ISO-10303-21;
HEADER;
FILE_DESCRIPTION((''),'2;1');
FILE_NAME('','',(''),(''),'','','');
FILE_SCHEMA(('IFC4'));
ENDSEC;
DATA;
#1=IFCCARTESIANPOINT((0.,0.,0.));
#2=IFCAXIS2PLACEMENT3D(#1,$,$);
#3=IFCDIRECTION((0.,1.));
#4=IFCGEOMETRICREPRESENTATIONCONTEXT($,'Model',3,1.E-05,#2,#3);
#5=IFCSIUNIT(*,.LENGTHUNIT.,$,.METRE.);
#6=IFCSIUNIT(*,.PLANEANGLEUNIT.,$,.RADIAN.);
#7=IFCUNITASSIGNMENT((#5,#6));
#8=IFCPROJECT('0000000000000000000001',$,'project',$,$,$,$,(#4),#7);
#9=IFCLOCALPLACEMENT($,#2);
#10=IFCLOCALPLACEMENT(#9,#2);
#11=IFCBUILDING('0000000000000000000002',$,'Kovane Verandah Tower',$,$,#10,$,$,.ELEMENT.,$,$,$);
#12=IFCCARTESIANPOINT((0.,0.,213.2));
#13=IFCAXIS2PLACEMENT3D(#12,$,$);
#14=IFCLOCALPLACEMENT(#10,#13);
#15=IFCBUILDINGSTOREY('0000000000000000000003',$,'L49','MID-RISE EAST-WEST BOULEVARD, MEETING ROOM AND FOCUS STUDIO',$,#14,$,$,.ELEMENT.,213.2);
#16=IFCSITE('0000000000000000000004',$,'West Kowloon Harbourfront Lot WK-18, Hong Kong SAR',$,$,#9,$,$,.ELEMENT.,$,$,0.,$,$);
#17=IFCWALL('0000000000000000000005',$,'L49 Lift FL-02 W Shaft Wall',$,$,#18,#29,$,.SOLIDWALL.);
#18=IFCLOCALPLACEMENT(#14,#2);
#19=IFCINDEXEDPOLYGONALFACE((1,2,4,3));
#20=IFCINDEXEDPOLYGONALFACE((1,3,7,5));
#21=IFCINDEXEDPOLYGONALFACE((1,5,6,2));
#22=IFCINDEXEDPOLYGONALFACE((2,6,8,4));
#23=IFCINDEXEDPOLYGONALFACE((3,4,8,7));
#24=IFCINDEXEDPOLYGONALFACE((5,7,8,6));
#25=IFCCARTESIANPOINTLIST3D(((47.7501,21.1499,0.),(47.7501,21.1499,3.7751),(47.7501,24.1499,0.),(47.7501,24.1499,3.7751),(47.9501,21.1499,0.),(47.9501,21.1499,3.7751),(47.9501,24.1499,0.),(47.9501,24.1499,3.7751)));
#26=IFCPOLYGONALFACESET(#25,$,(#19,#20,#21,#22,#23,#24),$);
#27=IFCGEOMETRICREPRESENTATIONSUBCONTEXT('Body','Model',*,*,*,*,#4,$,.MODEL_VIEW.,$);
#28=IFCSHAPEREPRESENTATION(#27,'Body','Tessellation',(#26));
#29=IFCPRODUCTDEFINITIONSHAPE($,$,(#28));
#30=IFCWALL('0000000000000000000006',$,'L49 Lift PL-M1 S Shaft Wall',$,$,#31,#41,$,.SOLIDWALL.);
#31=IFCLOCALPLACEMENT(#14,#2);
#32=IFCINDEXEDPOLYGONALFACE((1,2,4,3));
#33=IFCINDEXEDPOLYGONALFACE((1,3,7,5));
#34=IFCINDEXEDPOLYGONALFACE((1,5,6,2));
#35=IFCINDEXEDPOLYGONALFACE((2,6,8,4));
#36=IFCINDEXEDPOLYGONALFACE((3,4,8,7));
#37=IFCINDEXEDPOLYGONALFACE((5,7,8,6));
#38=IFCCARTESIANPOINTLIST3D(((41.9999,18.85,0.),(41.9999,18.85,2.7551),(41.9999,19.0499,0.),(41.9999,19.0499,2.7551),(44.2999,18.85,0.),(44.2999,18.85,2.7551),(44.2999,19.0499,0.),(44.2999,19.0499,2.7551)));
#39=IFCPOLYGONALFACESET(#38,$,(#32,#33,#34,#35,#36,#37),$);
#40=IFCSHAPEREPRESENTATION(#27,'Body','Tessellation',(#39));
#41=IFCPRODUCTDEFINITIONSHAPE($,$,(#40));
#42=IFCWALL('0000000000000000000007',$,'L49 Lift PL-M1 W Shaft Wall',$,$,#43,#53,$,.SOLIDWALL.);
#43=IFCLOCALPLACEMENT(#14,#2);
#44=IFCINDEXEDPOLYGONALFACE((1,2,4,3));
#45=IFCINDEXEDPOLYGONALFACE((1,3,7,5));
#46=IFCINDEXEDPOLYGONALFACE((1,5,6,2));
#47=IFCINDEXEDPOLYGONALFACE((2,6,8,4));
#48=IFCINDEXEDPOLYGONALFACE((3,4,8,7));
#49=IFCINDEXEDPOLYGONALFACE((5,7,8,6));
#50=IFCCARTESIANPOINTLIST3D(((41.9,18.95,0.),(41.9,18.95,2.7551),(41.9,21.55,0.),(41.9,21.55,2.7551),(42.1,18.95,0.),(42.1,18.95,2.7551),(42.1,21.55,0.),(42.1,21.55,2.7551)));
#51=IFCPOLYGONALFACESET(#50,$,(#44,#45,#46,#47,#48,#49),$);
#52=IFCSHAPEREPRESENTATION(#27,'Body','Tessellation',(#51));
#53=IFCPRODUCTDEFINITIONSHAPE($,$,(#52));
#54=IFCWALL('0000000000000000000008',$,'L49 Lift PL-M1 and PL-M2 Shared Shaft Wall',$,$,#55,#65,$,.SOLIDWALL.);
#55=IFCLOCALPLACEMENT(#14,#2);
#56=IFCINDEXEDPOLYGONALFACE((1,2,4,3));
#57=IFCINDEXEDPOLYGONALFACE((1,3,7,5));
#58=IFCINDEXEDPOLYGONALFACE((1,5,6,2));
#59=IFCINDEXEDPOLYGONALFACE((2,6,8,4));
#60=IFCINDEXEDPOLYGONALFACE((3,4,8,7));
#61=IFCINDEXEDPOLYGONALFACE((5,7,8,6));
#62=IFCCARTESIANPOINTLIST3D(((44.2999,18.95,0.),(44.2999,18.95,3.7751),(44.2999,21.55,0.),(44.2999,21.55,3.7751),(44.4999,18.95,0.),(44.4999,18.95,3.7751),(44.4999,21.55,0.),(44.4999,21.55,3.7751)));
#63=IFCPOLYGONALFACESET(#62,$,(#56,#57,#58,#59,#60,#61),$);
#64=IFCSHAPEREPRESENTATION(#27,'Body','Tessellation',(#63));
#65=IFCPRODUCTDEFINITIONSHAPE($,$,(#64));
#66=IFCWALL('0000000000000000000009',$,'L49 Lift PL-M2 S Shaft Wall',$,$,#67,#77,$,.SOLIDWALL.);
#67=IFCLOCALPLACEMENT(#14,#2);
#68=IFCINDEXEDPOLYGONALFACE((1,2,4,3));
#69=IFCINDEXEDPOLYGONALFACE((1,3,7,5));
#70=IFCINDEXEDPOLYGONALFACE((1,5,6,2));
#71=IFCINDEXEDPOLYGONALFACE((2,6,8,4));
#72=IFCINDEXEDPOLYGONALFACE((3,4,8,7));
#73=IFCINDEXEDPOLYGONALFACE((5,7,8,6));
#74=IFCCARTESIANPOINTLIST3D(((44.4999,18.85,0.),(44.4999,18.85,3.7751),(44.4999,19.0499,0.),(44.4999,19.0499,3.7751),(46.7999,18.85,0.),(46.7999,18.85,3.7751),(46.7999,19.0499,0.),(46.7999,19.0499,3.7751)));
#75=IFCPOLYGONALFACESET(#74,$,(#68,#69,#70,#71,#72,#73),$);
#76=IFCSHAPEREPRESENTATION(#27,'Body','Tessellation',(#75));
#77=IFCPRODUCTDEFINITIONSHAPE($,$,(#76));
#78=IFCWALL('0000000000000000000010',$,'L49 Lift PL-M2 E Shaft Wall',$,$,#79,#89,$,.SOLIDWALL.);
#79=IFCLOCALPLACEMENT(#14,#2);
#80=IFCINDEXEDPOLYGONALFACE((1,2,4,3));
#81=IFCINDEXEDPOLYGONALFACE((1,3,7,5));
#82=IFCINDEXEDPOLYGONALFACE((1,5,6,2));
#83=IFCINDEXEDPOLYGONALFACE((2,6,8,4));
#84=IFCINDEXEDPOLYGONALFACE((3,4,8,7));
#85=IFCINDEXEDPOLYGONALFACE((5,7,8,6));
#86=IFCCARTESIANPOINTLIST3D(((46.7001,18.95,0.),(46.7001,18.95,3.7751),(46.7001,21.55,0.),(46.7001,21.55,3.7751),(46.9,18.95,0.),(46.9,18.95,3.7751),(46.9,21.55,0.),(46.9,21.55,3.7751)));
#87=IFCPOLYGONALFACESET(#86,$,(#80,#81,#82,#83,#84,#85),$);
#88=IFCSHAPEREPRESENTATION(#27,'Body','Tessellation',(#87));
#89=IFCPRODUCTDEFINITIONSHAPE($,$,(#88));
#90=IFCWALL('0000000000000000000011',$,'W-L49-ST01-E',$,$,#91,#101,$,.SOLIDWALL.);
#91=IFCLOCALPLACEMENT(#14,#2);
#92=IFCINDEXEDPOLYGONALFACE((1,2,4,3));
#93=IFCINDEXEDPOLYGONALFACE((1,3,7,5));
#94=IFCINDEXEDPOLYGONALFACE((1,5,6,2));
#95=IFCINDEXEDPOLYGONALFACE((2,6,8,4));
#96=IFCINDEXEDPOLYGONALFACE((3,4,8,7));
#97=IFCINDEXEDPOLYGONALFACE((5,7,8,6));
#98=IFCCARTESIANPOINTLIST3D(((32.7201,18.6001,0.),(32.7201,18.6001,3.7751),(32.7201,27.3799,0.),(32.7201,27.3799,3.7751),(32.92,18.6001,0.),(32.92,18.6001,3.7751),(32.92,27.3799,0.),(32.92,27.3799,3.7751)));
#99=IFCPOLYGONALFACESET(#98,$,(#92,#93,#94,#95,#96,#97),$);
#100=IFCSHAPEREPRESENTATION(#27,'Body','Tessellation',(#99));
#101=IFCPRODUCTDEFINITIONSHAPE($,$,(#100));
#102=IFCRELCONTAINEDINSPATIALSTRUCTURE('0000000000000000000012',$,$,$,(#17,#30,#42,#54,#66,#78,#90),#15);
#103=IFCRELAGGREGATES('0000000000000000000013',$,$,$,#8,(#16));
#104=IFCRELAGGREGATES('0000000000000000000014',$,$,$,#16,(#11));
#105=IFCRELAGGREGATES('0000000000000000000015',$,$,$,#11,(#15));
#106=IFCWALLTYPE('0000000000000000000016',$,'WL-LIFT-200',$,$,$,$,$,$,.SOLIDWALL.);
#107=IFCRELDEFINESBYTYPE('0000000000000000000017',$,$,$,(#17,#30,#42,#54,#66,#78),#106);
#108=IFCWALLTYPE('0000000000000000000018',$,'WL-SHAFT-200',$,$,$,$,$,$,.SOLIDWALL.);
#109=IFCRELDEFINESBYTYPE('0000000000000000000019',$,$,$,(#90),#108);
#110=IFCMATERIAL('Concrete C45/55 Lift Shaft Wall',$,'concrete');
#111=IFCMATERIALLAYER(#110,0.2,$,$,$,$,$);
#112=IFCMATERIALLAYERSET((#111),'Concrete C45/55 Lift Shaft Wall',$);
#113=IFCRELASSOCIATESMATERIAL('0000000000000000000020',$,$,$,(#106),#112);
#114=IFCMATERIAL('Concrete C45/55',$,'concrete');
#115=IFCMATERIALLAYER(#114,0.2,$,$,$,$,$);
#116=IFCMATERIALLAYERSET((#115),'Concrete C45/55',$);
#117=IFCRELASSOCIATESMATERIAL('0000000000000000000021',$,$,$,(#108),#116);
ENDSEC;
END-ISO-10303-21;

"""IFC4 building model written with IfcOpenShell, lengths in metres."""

from ifc_helpers import new_model, si_unit, direction, frame, frame_2d, origin, place, context, subcontext, project, spatial, rectangle, extrude, material, layer, layer_set, type_object, element, save


model = new_model("IFC4")

# Units and contexts
model_context = context("Model", 3, precision=1e-05, world=origin(), true_north=direction((0.0, 1.0)))
body_context = subcontext(model_context, "Body", "Model", "MODEL_VIEW")
ifc_project = project(units=[si_unit("LENGTHUNIT", "METRE"), si_unit("PLANEANGLEUNIT", "RADIAN")], contexts=[model_context])

# Site, building, storey
site_placement = place(None, origin())
site = spatial("IfcSite", under=ifc_project, at=site_placement, Name="West Kowloon Harbourfront Lot WK-18, Hong Kong SAR", CompositionType="ELEMENT", RefElevation=0.0)
building_placement = place(site_placement, origin())
building = spatial("IfcBuilding", under=site, at=building_placement, Name="Kovane Verandah Tower", CompositionType="ELEMENT")
storey_placement = place(building_placement, frame((0.0, 0.0, 213.2)))
storey = spatial("IfcBuildingStorey", under=building, at=storey_placement, Name="L49", Description="MID-RISE EAST-WEST BOULEVARD, MEETING ROOM AND FOCUS STUDIO", CompositionType="ELEMENT", Elevation=213.2)

# Walls
ifc_material_1 = material(Name="Concrete C45/55 Lift Shaft Wall", Category="concrete")
ifc_layer_1 = layer(ifc_material_1, 0.2)
ifc_layer_set_1 = layer_set([ifc_layer_1], Name="Concrete C45/55 Lift Shaft Wall")
wall_type_1 = type_object("IfcWallType", Name="WL-LIFT-200", PredefinedType="SOLIDWALL", material=ifc_layer_set_1)
wall_1_placement = place(storey_placement, frame((47.8501, 24.1499, 0.0), z_axis=(0.0, 0.0, 1.0), x_axis=(0.0, -1.0, 0.0)))
element("IfcWall", 1, at=wall_1_placement, inside=storey, type_object=wall_type_1, Name="L49 Lift FL-02 W Shaft Wall", PredefinedType="SOLIDWALL", context=body_context, shape_type="SweptSolid", body=[
    extrude(rectangle(XDim=3.0, YDim=0.2, at=frame_2d((1.5, 0.0))), origin(), (0.0, 0.0, 1.0), 3.7751),
])
wall_2_placement = place(storey_placement, frame((42.0, 18.95, 0.0), z_axis=(0.0, 0.0, 1.0), x_axis=(1.0, 0.0, 0.0)))
element("IfcWall", 2, at=wall_2_placement, inside=storey, type_object=wall_type_1, Name="L49 Lift PL-M1 S Shaft Wall", PredefinedType="SOLIDWALL", context=body_context, shape_type="SweptSolid", body=[
    extrude(rectangle(XDim=2.3, YDim=0.2, at=frame_2d((1.1499, 0.0))), origin(), (0.0, 0.0, 1.0), 2.7551),
])

# Walls
wall_3_placement = place(storey_placement, frame((42.0, 21.55, 0.0), z_axis=(0.0, 0.0, 1.0), x_axis=(0.0, -1.0, 0.0)))
element("IfcWall", 3, at=wall_3_placement, inside=storey, type_object=wall_type_1, Name="L49 Lift PL-M1 W Shaft Wall", PredefinedType="SOLIDWALL", context=body_context, shape_type="SweptSolid", body=[
    extrude(rectangle(XDim=2.6001, YDim=0.2, at=frame_2d((1.3, 0.0))), origin(), (0.0, 0.0, 1.0), 2.7551),
])
wall_4_placement = place(storey_placement, frame((44.3999, 18.95, 0.0), z_axis=(0.0, 0.0, 1.0), x_axis=(0.0, 1.0, 0.0)))
element("IfcWall", 4, at=wall_4_placement, inside=storey, type_object=wall_type_1, Name="L49 Lift PL-M1 and PL-M2 Shared Shaft Wall", PredefinedType="SOLIDWALL", context=body_context, shape_type="SweptSolid", body=[
    extrude(rectangle(XDim=2.6001, YDim=0.2, at=frame_2d((1.3, 0.0))), origin(), (0.0, 0.0, 1.0), 3.7751),
])
wall_5_placement = place(storey_placement, frame((44.5, 18.95, 0.0), z_axis=(0.0, 0.0, 1.0), x_axis=(1.0, 0.0, 0.0)))
element("IfcWall", 5, at=wall_5_placement, inside=storey, type_object=wall_type_1, Name="L49 Lift PL-M2 S Shaft Wall", PredefinedType="SOLIDWALL", context=body_context, shape_type="SweptSolid", body=[
    extrude(rectangle(XDim=2.3, YDim=0.2, at=frame_2d((1.1499, 0.0))), origin(), (0.0, 0.0, 1.0), 3.7751),
])

# Walls
wall_6_placement = place(storey_placement, frame((46.8, 18.95, 0.0), z_axis=(0.0, 0.0, 1.0), x_axis=(0.0, 1.0, 0.0)))
element("IfcWall", 6, at=wall_6_placement, inside=storey, type_object=wall_type_1, Name="L49 Lift PL-M2 E Shaft Wall", PredefinedType="SOLIDWALL", context=body_context, shape_type="SweptSolid", body=[
    extrude(rectangle(XDim=2.6001, YDim=0.2, at=frame_2d((1.3, 0.0))), origin(), (0.0, 0.0, 1.0), 3.7751),
])
ifc_material_2 = material(Name="Concrete C45/55", Category="concrete")
ifc_layer_2 = layer(ifc_material_2, 0.2)
ifc_layer_set_2 = layer_set([ifc_layer_2], Name="Concrete C45/55")
wall_type_2 = type_object("IfcWallType", Name="WL-SHAFT-200", PredefinedType="SOLIDWALL", material=ifc_layer_set_2)
wall_7_placement = place(storey_placement, frame((32.8201, 18.6001, 0.0), z_axis=(0.0, 0.0, 1.0), x_axis=(0.0, 1.0, 0.0)))
element("IfcWall", 7, at=wall_7_placement, inside=storey, type_object=wall_type_2, Name="W-L49-ST01-E", PredefinedType="SOLIDWALL", context=body_context, shape_type="SweptSolid", body=[
    extrude(rectangle(XDim=8.7798, YDim=0.2, at=frame_2d((4.3899, 0.0))), origin(), (0.0, 0.0, 1.0), 3.7751),
])

save(model, "model.ifc")
